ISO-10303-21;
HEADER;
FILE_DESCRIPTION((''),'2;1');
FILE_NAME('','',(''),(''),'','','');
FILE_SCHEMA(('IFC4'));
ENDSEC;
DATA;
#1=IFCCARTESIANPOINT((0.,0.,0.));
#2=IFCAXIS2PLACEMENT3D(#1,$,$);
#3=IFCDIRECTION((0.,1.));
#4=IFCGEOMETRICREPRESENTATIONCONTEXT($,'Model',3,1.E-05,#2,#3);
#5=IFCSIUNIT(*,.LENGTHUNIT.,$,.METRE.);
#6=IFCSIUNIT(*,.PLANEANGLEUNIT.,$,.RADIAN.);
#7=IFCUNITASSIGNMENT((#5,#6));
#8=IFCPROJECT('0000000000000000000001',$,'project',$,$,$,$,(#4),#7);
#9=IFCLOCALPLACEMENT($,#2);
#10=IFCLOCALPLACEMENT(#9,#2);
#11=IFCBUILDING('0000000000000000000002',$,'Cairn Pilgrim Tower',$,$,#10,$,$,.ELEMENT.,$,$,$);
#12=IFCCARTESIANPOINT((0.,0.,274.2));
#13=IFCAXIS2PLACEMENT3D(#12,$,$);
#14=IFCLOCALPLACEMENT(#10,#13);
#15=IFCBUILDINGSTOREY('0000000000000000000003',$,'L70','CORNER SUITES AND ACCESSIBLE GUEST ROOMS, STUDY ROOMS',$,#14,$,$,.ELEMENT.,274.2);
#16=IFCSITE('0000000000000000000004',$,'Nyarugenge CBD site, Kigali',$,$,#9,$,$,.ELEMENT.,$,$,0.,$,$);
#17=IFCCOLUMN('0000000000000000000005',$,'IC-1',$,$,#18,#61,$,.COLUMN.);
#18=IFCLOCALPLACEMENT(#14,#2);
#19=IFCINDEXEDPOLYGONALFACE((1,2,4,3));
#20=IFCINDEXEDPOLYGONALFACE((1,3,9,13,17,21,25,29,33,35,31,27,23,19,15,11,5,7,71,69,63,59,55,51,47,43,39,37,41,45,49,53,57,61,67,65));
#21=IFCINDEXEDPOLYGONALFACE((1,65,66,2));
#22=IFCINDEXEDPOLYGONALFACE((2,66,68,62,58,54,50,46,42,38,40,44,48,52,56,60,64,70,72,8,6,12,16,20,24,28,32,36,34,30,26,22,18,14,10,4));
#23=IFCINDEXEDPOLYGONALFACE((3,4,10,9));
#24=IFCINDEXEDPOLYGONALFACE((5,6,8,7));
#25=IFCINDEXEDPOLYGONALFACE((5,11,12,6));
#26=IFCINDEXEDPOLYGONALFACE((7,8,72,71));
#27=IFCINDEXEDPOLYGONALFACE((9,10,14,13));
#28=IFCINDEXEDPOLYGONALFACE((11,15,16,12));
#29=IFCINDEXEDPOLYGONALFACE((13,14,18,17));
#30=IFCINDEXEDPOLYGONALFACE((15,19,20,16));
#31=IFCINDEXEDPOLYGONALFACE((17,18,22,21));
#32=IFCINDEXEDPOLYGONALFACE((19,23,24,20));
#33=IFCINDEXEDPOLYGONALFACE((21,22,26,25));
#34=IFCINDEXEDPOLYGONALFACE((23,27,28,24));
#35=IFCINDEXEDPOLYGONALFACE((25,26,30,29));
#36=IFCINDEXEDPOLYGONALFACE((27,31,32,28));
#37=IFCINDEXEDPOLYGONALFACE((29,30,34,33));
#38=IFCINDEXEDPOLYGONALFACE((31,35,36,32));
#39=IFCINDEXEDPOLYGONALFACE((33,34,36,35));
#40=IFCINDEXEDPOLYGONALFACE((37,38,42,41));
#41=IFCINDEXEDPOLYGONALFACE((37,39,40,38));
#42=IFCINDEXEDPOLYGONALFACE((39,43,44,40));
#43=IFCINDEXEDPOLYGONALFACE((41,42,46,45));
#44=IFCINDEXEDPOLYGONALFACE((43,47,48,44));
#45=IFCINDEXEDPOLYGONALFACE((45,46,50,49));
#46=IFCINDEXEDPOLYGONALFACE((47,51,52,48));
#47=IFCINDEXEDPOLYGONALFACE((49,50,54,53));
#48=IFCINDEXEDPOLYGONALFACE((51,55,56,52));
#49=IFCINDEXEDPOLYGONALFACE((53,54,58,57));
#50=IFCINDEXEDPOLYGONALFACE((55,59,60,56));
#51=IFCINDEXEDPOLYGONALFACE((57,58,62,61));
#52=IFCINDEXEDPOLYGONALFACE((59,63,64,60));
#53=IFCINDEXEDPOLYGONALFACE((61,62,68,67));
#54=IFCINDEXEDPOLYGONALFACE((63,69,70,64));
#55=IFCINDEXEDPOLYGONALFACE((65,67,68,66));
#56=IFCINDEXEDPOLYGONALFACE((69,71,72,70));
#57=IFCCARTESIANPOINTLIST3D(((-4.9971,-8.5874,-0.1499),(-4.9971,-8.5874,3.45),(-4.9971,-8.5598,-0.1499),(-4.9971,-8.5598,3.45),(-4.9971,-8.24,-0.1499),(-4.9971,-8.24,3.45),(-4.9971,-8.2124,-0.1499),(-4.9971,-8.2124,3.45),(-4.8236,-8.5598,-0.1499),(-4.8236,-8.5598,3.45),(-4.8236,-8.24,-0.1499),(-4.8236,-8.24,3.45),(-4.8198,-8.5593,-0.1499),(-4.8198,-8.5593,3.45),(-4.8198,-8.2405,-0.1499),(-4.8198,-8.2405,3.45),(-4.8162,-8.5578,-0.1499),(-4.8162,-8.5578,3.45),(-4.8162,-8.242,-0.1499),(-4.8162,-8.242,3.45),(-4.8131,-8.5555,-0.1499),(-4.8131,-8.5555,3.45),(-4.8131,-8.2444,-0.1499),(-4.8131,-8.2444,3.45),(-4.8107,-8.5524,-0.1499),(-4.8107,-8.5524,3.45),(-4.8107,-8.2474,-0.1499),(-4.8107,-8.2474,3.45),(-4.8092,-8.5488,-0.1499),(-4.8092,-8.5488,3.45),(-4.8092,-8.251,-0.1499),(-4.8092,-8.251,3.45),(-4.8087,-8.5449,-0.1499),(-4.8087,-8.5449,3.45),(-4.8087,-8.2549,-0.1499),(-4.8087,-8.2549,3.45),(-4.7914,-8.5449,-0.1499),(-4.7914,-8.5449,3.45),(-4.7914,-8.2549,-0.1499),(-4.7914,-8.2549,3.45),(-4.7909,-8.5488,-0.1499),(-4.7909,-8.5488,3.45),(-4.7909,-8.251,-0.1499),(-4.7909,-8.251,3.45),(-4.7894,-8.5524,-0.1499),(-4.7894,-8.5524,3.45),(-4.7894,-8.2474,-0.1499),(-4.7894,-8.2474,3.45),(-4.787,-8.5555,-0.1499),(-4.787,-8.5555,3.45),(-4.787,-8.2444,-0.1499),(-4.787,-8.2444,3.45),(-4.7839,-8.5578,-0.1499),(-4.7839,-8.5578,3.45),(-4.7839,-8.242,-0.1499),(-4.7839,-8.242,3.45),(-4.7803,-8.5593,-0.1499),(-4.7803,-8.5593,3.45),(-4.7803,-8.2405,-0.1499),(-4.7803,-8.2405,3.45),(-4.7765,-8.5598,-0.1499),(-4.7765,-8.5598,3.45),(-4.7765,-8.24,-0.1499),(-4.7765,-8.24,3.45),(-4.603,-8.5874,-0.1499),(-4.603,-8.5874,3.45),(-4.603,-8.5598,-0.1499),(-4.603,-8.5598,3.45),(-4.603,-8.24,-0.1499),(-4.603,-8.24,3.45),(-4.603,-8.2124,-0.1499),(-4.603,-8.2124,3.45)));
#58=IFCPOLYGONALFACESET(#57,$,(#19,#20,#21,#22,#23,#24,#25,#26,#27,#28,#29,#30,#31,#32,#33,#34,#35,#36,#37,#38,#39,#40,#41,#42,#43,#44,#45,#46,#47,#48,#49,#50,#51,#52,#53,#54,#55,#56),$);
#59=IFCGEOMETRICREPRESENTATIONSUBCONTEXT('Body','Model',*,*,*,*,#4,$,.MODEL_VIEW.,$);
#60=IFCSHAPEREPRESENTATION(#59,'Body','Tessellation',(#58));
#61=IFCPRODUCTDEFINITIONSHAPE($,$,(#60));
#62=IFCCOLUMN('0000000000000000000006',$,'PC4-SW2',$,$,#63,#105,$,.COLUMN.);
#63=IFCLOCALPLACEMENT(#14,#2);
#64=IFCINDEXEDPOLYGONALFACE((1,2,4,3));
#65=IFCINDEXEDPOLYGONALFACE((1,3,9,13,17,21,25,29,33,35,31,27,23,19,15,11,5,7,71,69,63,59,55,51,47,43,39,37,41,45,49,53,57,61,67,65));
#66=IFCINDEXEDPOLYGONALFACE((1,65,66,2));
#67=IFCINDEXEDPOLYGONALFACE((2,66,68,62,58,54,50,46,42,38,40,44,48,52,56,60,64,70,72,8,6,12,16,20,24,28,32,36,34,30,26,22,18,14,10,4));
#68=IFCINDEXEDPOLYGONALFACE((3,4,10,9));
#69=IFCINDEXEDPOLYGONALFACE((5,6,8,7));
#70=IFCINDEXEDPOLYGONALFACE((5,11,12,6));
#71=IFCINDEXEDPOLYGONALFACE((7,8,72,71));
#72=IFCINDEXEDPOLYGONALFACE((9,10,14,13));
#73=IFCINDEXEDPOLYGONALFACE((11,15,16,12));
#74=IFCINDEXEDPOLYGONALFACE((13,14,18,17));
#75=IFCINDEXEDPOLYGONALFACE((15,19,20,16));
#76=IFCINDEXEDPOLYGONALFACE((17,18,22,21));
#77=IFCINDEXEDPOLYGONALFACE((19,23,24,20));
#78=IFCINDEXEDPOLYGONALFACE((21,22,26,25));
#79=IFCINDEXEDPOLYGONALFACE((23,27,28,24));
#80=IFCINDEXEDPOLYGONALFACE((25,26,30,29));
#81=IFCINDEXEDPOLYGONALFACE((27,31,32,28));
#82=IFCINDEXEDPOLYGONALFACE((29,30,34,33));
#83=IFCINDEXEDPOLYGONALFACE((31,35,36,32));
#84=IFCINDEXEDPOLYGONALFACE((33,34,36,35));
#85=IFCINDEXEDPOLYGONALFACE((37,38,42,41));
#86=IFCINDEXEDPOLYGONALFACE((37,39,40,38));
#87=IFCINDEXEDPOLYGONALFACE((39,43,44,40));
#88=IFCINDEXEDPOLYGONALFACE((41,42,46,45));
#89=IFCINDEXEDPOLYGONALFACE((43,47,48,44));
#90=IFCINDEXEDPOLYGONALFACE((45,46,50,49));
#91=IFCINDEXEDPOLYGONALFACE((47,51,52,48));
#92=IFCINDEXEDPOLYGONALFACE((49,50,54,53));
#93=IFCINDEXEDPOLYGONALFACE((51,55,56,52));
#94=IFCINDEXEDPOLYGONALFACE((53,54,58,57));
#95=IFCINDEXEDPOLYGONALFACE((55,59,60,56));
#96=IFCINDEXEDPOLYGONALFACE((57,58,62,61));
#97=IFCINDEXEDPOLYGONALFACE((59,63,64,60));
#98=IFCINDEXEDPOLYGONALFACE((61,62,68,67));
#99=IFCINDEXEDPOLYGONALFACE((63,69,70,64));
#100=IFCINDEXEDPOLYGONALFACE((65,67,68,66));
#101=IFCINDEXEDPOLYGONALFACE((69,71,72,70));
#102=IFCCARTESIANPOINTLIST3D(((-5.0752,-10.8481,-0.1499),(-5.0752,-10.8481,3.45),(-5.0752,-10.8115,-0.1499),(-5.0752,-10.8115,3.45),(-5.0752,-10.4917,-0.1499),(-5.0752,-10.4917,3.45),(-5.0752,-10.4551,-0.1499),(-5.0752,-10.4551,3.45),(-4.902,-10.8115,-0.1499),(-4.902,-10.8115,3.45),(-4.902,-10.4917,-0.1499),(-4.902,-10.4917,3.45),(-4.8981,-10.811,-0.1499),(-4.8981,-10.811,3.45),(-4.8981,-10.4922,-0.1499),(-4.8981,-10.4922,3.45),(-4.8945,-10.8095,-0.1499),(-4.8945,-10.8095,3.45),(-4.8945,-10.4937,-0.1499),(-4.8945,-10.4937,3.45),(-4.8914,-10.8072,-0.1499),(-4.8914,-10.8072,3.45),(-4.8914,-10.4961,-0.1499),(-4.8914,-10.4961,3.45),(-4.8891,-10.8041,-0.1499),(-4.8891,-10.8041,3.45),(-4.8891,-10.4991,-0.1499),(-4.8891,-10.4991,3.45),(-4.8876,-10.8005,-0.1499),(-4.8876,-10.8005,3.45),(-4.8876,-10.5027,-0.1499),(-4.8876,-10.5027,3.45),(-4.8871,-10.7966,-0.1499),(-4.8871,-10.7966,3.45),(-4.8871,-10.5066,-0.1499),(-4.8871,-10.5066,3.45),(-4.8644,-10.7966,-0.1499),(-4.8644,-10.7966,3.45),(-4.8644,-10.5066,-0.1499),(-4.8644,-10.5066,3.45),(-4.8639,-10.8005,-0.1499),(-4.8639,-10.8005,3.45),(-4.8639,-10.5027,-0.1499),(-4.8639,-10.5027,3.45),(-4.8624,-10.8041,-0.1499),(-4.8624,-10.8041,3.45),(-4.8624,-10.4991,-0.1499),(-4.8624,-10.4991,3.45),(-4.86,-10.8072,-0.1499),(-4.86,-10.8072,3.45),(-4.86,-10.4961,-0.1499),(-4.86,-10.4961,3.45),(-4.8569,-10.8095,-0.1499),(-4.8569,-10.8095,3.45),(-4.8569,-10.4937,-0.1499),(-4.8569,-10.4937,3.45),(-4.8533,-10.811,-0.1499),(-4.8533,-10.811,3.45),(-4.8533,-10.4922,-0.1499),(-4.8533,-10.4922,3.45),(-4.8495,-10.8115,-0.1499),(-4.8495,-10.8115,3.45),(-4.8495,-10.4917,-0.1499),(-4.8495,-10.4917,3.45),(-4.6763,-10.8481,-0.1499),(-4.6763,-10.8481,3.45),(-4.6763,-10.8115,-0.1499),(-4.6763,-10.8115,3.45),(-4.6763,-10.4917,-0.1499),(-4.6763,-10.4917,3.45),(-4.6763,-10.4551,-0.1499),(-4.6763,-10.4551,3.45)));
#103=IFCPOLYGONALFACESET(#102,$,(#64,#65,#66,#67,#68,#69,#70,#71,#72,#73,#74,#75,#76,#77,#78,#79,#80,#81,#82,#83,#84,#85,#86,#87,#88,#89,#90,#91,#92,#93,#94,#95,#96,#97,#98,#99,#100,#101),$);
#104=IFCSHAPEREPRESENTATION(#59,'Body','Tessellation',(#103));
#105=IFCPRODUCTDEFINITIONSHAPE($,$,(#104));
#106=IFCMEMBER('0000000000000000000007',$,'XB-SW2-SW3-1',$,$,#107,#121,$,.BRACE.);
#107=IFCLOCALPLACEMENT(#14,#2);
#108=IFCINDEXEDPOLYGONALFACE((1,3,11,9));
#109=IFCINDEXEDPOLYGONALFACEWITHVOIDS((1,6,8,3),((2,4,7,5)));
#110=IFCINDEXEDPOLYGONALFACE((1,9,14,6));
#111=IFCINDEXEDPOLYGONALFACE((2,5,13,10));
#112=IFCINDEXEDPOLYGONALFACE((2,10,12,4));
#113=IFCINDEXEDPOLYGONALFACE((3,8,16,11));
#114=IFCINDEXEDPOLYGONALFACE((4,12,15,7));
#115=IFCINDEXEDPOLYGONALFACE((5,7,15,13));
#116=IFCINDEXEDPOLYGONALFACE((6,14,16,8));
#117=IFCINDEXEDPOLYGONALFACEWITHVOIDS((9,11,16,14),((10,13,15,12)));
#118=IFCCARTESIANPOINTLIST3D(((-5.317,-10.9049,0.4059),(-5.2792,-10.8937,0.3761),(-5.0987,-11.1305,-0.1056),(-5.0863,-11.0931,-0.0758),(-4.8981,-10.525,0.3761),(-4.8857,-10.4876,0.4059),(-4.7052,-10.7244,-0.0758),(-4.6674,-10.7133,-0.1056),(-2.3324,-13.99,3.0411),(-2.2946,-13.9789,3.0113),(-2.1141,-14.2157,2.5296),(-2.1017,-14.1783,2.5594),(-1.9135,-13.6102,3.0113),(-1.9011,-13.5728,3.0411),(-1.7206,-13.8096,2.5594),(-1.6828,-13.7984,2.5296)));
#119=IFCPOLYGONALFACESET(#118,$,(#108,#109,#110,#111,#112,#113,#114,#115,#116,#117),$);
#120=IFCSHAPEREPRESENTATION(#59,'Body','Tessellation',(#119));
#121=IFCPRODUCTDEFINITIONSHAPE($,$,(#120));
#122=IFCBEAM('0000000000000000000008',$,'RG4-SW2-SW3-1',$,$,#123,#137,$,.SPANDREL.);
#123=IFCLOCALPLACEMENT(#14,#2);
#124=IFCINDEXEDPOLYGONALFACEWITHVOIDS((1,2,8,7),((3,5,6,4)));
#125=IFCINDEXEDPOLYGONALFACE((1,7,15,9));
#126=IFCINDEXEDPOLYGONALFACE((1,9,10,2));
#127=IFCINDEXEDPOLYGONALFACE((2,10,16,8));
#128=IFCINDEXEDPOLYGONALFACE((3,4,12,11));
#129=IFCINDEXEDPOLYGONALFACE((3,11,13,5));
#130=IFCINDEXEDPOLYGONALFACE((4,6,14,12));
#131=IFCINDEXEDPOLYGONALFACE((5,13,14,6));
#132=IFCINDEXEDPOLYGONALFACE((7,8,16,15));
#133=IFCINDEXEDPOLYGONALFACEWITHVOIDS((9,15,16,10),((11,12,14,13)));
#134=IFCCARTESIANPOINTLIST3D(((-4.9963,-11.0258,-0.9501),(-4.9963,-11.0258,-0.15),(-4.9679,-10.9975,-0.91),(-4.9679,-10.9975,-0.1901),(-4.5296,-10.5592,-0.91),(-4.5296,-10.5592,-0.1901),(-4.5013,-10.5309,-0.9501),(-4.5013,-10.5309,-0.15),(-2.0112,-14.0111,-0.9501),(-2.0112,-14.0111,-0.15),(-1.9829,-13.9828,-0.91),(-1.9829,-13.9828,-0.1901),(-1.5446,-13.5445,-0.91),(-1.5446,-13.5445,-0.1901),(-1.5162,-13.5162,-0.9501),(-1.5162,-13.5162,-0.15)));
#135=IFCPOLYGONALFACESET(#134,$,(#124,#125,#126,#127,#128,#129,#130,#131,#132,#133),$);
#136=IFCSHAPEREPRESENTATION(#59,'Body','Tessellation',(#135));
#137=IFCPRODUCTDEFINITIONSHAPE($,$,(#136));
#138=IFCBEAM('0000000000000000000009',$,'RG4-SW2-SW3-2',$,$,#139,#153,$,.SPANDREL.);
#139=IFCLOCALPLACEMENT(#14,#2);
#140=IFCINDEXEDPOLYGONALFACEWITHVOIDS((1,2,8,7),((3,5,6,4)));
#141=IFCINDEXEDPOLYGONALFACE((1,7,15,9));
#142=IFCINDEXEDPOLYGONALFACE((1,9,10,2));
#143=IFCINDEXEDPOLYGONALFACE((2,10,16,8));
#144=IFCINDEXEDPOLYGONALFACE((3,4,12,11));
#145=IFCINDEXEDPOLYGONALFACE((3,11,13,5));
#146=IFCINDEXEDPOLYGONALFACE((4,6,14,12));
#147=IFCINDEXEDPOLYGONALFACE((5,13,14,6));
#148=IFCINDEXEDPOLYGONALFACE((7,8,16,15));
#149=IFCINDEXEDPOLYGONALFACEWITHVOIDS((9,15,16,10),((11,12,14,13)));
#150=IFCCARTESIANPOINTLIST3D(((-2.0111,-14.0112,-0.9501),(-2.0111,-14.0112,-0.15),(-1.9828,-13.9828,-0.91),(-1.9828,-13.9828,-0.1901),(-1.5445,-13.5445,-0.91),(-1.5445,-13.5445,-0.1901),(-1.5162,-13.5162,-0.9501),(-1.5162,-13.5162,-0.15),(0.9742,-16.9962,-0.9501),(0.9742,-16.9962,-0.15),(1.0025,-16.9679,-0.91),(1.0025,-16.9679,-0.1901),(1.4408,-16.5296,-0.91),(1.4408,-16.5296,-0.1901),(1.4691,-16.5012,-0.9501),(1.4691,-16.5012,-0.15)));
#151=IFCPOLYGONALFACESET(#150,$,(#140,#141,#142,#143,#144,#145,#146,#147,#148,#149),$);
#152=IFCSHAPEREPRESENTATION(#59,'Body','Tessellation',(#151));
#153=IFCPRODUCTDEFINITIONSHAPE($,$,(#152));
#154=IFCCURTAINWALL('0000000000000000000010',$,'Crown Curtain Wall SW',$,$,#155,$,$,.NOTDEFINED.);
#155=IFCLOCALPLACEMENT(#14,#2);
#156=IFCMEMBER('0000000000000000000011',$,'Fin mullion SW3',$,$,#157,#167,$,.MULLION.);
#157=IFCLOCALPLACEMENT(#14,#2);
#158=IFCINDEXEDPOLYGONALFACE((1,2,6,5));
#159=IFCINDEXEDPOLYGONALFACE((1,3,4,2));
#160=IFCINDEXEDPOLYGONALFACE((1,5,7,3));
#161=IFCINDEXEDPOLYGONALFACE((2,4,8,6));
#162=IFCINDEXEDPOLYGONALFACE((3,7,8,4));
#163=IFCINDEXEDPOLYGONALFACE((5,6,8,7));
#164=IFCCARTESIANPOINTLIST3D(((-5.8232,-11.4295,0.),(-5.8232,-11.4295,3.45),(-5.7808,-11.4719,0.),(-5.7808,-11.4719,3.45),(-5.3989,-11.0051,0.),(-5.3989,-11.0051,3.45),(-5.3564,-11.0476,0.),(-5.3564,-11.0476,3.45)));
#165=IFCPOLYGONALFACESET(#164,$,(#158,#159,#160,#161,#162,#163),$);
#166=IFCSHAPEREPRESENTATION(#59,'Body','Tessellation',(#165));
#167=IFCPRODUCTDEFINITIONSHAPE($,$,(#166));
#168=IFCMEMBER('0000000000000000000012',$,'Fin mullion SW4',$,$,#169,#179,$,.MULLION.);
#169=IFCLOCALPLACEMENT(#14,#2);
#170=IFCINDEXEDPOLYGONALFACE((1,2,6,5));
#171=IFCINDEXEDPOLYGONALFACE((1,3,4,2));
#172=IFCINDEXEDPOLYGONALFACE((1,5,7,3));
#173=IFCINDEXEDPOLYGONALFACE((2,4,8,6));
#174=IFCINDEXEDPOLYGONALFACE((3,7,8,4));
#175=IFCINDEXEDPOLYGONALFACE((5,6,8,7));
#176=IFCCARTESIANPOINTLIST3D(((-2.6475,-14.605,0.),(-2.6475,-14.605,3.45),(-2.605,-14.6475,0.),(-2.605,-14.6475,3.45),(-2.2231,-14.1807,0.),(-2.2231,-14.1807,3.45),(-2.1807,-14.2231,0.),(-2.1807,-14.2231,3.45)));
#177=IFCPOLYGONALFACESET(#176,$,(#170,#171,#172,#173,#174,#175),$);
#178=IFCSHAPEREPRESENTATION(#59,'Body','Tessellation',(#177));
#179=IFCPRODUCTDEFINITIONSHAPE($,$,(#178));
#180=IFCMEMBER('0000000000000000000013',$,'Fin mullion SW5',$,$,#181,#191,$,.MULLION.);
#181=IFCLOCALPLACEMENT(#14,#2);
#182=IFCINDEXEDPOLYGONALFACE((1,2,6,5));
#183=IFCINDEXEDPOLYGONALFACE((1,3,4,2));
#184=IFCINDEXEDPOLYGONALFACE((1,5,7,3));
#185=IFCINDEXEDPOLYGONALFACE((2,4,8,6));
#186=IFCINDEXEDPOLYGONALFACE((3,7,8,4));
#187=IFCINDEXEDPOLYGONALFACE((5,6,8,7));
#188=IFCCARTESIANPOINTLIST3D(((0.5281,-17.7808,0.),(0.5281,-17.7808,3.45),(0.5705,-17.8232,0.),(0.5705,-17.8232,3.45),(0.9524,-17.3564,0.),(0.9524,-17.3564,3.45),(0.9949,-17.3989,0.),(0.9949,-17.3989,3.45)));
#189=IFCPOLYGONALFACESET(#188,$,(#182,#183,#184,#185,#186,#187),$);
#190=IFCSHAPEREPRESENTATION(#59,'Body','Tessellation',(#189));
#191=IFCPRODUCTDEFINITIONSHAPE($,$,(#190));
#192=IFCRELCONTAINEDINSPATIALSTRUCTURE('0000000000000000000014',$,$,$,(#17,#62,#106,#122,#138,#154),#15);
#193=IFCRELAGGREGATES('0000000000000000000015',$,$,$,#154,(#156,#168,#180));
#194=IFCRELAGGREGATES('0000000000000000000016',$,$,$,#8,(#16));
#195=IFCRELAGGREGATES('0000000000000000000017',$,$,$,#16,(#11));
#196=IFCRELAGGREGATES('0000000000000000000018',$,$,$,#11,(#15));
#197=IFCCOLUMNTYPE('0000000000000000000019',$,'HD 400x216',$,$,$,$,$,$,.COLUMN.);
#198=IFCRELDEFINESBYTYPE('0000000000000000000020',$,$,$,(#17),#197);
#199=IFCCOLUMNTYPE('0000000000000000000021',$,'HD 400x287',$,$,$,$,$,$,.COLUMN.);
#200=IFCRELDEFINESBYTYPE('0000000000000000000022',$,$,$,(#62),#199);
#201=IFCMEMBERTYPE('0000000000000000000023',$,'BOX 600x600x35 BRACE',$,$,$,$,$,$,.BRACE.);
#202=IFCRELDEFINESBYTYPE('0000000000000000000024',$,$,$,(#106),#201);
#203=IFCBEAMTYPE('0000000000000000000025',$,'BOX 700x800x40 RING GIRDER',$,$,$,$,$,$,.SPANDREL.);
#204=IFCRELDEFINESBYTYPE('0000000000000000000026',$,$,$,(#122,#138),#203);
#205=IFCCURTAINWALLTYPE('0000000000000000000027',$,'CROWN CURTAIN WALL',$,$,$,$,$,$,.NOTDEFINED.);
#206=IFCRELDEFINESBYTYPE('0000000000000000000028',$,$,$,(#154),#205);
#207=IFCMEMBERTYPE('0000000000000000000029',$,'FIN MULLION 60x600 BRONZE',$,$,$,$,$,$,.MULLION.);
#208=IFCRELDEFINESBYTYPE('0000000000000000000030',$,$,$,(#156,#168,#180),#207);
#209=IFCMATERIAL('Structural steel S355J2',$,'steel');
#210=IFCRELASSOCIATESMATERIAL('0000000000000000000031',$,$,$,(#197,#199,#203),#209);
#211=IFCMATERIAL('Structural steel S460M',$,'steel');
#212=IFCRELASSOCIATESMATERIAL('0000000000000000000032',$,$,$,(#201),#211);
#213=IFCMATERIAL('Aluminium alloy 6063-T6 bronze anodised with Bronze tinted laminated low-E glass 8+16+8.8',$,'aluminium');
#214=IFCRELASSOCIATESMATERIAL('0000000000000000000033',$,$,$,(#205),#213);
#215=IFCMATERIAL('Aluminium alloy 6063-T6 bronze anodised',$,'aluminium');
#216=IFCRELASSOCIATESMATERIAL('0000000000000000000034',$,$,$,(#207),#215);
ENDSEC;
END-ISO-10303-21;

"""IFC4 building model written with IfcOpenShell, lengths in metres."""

from ifc_helpers import new_model, si_unit, direction, frame, origin, origin_2d, place, context, subcontext, project, spatial, rectangle, hollow_rectangle, i_section, extrude, material, material_profile, profile_set, type_object, element, aggregate, save


model = new_model("IFC4")

# Units and contexts
model_context = context("Model", 3, precision=1e-05, world=origin(), true_north=direction((0.0, 1.0)))
body_context = subcontext(model_context, "Body", "Model", "MODEL_VIEW")
ifc_project = project(units=[si_unit("LENGTHUNIT", "METRE"), si_unit("PLANEANGLEUNIT", "RADIAN")], contexts=[model_context])

# Site, building, storey
site_placement = place(None, origin())
site = spatial("IfcSite", under=ifc_project, at=site_placement, Name="Nyarugenge CBD site, Kigali", CompositionType="ELEMENT", RefElevation=0.0)
building_placement = place(site_placement, origin())
building = spatial("IfcBuilding", under=site, at=building_placement, Name="Cairn Pilgrim Tower", CompositionType="ELEMENT")
storey_placement = place(building_placement, frame((0.0, 0.0, 274.2)))
storey = spatial("IfcBuildingStorey", under=building, at=storey_placement, Name="L70", Description="CORNER SUITES AND ACCESSIBLE GUEST ROOMS, STUDY ROOMS", CompositionType="ELEMENT", Elevation=274.2)

# Columns
ifc_material_1 = material(Name="Structural steel S355J2", Category="steel")
ifc_material_profile_1 = material_profile(ifc_material_1, i_section(OverallWidth=0.394, OverallDepth=0.375, WebThickness=0.0173, FlangeThickness=0.0276, FilletRadius=0.0149, at=origin_2d()), Name="HD 400x216")
ifc_profile_set_1 = profile_set([ifc_material_profile_1], Name="Structural steel S355J2")
column_type_1 = type_object("IfcColumnType", Name="HD 400x216", PredefinedType="COLUMN", material=ifc_profile_set_1)
column_1_placement = place(storey_placement, frame((-4.8, -8.3999, -0.1499), z_axis=(0.0, 0.0, 1.0), x_axis=(1.0, 0.0, 0.0)))
element("IfcColumn", 1, at=column_1_placement, inside=storey, type_object=column_type_1, Name="IC-1", PredefinedType="COLUMN", context=body_context, shape_type="SweptSolid", body=[
    extrude(i_section(OverallWidth=0.394, OverallDepth=0.375, WebThickness=0.0173, FlangeThickness=0.0276, FilletRadius=0.0149, at=origin_2d()), origin(), (0.0, 0.0, 1.0), 3.5999),
])
ifc_material_profile_2 = material_profile(ifc_material_1, i_section(OverallWidth=0.3989, OverallDepth=0.3931, WebThickness=0.0227, FlangeThickness=0.0366, FilletRadius=0.0149, at=origin_2d()), Name="HD 400x287")
ifc_profile_set_2 = profile_set([ifc_material_profile_2], Name="Structural steel S355J2")
column_type_2 = type_object("IfcColumnType", Name="HD 400x287", PredefinedType="COLUMN", material=ifc_profile_set_2)
column_2_placement = place(storey_placement, frame((-4.8757, -10.6516, -0.1499), z_axis=(0.0, 0.0, 1.0), x_axis=(1.0, 0.0, 0.0)))
element("IfcColumn", 2, at=column_2_placement, inside=storey, type_object=column_type_2, Name="PC4-SW2", PredefinedType="COLUMN", context=body_context, shape_type="SweptSolid", body=[
    extrude(i_section(OverallWidth=0.3989, OverallDepth=0.3931, WebThickness=0.0227, FlangeThickness=0.0366, FilletRadius=0.0149, at=origin_2d()), origin(), (0.0, 0.0, 1.0), 3.5999),
])

# Member
ifc_material_2 = material(Name="Structural steel S460M", Category="steel")
ifc_material_profile_3 = material_profile(ifc_material_2, hollow_rectangle(XDim=0.6001, YDim=0.6001, WallThickness=0.0349, at=origin_2d()), Name="BOX 600x600x35")
ifc_profile_set_3 = profile_set([ifc_material_profile_3], Name="Structural steel S460M")
member_type_1 = type_object("IfcMemberType", Name="BOX 600x600x35 BRACE", PredefinedType="BRACE", material=ifc_profile_set_3)
member_1_placement = place(storey_placement, frame((-4.9922, -10.8091, 0.1501), z_axis=(0.592543, -0.612513, 0.523183), x_axis=(0.718726, 0.695294, 0.0)))
element("IfcMember", 3, at=member_1_placement, inside=storey, type_object=member_type_1, Name="XB-SW2-SW3-1", PredefinedType="BRACE", context=body_context, shape_type="SweptSolid", body=[
    extrude(hollow_rectangle(XDim=0.6001, YDim=0.6001, WallThickness=0.0349, at=origin_2d()), origin(), (0.0, 0.0, 1.0), 5.0369),
])

# Beams
ifc_material_profile_4 = material_profile(ifc_material_1, hollow_rectangle(XDim=0.7, YDim=0.8, WallThickness=0.04, at=origin_2d()), Name="BOX 700x800x40")
ifc_profile_set_4 = profile_set([ifc_material_profile_4], Name="Structural steel S355J2")
beam_type_1 = type_object("IfcBeamType", Name="BOX 700x800x40 RING GIRDER", PredefinedType="SPANDREL", material=ifc_profile_set_4)
for number, where, z_axis, x_axis, name in (
    (4, (-4.7488, -10.7783, -0.55), (0.707078, -0.707136, 0.0), (0.707136, 0.707078, 0.0), "RG4-SW2-SW3-1"),
    (5, (-1.7637, -13.7637, -0.55), (0.707136, -0.707078, 0.0), (0.707078, 0.707136, 0.0), "RG4-SW2-SW3-2"),
):
    element("IfcBeam", number, at=place(storey_placement, frame(where, z_axis=z_axis, x_axis=x_axis)), inside=storey, type_object=beam_type_1, Name=name, PredefinedType="SPANDREL", context=body_context, shape_type="SweptSolid", body=[
        extrude(hollow_rectangle(XDim=0.7, YDim=0.8, WallThickness=0.04, at=origin_2d()), origin(), (0.0, 0.0, 1.0), 4.2217),
    ])

# Curtain wall, members
ifc_material_3 = material(Name="Aluminium alloy 6063-T6 bronze anodised with Bronze tinted laminated low-E glass 8+16+8.8", Category="aluminium")
curtain_wall_type = type_object("IfcCurtainWallType", Name="CROWN CURTAIN WALL", PredefinedType="NOTDEFINED", material=ifc_material_3)
curtain_wall_placement = place(storey_placement, origin())
curtain_wall = element("IfcCurtainWall", 6, at=curtain_wall_placement, inside=storey, type_object=curtain_wall_type, Name="Crown Curtain Wall SW", PredefinedType="NOTDEFINED")
ifc_material_4 = material(Name="Aluminium alloy 6063-T6 bronze anodised", Category="aluminium")
ifc_material_profile_5 = material_profile(ifc_material_4, rectangle(XDim=0.6001, YDim=0.0601, at=origin_2d()), Name="FIN MULLION 60x600 BRONZE")
ifc_profile_set_5 = profile_set([ifc_material_profile_5], Name="Aluminium alloy 6063-T6 bronze anodised")
member_type_2 = type_object("IfcMemberType", Name="FIN MULLION 60x600 BRONZE", PredefinedType="MULLION", material=ifc_profile_set_5)
member_2_placement = place(storey_placement, frame((-5.5898, -11.2385, 0.0), z_axis=(0.0, 0.0, 1.0), x_axis=(-0.707107, -0.707107, 0.0)))
member_2 = element("IfcMember", 7, at=member_2_placement, type_object=member_type_2, Name="Fin mullion SW3", PredefinedType="MULLION", context=body_context, shape_type="SweptSolid", body=[
    extrude(rectangle(XDim=0.6001, YDim=0.0601, at=origin_2d()), origin(), (0.0, 0.0, 1.0), 3.45),
])
member_3_placement = place(storey_placement, frame((-2.4141, -14.4141, 0.0), z_axis=(0.0, 0.0, 1.0), x_axis=(-0.707107, -0.707107, 0.0)))
member_3 = element("IfcMember", 8, at=member_3_placement, type_object=member_type_2, Name="Fin mullion SW4", PredefinedType="MULLION", context=body_context, shape_type="SweptSolid", body=[
    extrude(rectangle(XDim=0.6001, YDim=0.0601, at=origin_2d()), origin(), (0.0, 0.0, 1.0), 3.45),
])
member_4_placement = place(storey_placement, frame((0.7615, -17.5898, 0.0), z_axis=(0.0, 0.0, 1.0), x_axis=(-0.707107, -0.707107, 0.0)))
member_4 = element("IfcMember", 9, at=member_4_placement, type_object=member_type_2, Name="Fin mullion SW5", PredefinedType="MULLION", context=body_context, shape_type="SweptSolid", body=[
    extrude(rectangle(XDim=0.6001, YDim=0.0601, at=origin_2d()), origin(), (0.0, 0.0, 1.0), 3.45),
])

aggregate(curtain_wall, [member_2, member_3, member_4])

save(model, "model.ifc")
